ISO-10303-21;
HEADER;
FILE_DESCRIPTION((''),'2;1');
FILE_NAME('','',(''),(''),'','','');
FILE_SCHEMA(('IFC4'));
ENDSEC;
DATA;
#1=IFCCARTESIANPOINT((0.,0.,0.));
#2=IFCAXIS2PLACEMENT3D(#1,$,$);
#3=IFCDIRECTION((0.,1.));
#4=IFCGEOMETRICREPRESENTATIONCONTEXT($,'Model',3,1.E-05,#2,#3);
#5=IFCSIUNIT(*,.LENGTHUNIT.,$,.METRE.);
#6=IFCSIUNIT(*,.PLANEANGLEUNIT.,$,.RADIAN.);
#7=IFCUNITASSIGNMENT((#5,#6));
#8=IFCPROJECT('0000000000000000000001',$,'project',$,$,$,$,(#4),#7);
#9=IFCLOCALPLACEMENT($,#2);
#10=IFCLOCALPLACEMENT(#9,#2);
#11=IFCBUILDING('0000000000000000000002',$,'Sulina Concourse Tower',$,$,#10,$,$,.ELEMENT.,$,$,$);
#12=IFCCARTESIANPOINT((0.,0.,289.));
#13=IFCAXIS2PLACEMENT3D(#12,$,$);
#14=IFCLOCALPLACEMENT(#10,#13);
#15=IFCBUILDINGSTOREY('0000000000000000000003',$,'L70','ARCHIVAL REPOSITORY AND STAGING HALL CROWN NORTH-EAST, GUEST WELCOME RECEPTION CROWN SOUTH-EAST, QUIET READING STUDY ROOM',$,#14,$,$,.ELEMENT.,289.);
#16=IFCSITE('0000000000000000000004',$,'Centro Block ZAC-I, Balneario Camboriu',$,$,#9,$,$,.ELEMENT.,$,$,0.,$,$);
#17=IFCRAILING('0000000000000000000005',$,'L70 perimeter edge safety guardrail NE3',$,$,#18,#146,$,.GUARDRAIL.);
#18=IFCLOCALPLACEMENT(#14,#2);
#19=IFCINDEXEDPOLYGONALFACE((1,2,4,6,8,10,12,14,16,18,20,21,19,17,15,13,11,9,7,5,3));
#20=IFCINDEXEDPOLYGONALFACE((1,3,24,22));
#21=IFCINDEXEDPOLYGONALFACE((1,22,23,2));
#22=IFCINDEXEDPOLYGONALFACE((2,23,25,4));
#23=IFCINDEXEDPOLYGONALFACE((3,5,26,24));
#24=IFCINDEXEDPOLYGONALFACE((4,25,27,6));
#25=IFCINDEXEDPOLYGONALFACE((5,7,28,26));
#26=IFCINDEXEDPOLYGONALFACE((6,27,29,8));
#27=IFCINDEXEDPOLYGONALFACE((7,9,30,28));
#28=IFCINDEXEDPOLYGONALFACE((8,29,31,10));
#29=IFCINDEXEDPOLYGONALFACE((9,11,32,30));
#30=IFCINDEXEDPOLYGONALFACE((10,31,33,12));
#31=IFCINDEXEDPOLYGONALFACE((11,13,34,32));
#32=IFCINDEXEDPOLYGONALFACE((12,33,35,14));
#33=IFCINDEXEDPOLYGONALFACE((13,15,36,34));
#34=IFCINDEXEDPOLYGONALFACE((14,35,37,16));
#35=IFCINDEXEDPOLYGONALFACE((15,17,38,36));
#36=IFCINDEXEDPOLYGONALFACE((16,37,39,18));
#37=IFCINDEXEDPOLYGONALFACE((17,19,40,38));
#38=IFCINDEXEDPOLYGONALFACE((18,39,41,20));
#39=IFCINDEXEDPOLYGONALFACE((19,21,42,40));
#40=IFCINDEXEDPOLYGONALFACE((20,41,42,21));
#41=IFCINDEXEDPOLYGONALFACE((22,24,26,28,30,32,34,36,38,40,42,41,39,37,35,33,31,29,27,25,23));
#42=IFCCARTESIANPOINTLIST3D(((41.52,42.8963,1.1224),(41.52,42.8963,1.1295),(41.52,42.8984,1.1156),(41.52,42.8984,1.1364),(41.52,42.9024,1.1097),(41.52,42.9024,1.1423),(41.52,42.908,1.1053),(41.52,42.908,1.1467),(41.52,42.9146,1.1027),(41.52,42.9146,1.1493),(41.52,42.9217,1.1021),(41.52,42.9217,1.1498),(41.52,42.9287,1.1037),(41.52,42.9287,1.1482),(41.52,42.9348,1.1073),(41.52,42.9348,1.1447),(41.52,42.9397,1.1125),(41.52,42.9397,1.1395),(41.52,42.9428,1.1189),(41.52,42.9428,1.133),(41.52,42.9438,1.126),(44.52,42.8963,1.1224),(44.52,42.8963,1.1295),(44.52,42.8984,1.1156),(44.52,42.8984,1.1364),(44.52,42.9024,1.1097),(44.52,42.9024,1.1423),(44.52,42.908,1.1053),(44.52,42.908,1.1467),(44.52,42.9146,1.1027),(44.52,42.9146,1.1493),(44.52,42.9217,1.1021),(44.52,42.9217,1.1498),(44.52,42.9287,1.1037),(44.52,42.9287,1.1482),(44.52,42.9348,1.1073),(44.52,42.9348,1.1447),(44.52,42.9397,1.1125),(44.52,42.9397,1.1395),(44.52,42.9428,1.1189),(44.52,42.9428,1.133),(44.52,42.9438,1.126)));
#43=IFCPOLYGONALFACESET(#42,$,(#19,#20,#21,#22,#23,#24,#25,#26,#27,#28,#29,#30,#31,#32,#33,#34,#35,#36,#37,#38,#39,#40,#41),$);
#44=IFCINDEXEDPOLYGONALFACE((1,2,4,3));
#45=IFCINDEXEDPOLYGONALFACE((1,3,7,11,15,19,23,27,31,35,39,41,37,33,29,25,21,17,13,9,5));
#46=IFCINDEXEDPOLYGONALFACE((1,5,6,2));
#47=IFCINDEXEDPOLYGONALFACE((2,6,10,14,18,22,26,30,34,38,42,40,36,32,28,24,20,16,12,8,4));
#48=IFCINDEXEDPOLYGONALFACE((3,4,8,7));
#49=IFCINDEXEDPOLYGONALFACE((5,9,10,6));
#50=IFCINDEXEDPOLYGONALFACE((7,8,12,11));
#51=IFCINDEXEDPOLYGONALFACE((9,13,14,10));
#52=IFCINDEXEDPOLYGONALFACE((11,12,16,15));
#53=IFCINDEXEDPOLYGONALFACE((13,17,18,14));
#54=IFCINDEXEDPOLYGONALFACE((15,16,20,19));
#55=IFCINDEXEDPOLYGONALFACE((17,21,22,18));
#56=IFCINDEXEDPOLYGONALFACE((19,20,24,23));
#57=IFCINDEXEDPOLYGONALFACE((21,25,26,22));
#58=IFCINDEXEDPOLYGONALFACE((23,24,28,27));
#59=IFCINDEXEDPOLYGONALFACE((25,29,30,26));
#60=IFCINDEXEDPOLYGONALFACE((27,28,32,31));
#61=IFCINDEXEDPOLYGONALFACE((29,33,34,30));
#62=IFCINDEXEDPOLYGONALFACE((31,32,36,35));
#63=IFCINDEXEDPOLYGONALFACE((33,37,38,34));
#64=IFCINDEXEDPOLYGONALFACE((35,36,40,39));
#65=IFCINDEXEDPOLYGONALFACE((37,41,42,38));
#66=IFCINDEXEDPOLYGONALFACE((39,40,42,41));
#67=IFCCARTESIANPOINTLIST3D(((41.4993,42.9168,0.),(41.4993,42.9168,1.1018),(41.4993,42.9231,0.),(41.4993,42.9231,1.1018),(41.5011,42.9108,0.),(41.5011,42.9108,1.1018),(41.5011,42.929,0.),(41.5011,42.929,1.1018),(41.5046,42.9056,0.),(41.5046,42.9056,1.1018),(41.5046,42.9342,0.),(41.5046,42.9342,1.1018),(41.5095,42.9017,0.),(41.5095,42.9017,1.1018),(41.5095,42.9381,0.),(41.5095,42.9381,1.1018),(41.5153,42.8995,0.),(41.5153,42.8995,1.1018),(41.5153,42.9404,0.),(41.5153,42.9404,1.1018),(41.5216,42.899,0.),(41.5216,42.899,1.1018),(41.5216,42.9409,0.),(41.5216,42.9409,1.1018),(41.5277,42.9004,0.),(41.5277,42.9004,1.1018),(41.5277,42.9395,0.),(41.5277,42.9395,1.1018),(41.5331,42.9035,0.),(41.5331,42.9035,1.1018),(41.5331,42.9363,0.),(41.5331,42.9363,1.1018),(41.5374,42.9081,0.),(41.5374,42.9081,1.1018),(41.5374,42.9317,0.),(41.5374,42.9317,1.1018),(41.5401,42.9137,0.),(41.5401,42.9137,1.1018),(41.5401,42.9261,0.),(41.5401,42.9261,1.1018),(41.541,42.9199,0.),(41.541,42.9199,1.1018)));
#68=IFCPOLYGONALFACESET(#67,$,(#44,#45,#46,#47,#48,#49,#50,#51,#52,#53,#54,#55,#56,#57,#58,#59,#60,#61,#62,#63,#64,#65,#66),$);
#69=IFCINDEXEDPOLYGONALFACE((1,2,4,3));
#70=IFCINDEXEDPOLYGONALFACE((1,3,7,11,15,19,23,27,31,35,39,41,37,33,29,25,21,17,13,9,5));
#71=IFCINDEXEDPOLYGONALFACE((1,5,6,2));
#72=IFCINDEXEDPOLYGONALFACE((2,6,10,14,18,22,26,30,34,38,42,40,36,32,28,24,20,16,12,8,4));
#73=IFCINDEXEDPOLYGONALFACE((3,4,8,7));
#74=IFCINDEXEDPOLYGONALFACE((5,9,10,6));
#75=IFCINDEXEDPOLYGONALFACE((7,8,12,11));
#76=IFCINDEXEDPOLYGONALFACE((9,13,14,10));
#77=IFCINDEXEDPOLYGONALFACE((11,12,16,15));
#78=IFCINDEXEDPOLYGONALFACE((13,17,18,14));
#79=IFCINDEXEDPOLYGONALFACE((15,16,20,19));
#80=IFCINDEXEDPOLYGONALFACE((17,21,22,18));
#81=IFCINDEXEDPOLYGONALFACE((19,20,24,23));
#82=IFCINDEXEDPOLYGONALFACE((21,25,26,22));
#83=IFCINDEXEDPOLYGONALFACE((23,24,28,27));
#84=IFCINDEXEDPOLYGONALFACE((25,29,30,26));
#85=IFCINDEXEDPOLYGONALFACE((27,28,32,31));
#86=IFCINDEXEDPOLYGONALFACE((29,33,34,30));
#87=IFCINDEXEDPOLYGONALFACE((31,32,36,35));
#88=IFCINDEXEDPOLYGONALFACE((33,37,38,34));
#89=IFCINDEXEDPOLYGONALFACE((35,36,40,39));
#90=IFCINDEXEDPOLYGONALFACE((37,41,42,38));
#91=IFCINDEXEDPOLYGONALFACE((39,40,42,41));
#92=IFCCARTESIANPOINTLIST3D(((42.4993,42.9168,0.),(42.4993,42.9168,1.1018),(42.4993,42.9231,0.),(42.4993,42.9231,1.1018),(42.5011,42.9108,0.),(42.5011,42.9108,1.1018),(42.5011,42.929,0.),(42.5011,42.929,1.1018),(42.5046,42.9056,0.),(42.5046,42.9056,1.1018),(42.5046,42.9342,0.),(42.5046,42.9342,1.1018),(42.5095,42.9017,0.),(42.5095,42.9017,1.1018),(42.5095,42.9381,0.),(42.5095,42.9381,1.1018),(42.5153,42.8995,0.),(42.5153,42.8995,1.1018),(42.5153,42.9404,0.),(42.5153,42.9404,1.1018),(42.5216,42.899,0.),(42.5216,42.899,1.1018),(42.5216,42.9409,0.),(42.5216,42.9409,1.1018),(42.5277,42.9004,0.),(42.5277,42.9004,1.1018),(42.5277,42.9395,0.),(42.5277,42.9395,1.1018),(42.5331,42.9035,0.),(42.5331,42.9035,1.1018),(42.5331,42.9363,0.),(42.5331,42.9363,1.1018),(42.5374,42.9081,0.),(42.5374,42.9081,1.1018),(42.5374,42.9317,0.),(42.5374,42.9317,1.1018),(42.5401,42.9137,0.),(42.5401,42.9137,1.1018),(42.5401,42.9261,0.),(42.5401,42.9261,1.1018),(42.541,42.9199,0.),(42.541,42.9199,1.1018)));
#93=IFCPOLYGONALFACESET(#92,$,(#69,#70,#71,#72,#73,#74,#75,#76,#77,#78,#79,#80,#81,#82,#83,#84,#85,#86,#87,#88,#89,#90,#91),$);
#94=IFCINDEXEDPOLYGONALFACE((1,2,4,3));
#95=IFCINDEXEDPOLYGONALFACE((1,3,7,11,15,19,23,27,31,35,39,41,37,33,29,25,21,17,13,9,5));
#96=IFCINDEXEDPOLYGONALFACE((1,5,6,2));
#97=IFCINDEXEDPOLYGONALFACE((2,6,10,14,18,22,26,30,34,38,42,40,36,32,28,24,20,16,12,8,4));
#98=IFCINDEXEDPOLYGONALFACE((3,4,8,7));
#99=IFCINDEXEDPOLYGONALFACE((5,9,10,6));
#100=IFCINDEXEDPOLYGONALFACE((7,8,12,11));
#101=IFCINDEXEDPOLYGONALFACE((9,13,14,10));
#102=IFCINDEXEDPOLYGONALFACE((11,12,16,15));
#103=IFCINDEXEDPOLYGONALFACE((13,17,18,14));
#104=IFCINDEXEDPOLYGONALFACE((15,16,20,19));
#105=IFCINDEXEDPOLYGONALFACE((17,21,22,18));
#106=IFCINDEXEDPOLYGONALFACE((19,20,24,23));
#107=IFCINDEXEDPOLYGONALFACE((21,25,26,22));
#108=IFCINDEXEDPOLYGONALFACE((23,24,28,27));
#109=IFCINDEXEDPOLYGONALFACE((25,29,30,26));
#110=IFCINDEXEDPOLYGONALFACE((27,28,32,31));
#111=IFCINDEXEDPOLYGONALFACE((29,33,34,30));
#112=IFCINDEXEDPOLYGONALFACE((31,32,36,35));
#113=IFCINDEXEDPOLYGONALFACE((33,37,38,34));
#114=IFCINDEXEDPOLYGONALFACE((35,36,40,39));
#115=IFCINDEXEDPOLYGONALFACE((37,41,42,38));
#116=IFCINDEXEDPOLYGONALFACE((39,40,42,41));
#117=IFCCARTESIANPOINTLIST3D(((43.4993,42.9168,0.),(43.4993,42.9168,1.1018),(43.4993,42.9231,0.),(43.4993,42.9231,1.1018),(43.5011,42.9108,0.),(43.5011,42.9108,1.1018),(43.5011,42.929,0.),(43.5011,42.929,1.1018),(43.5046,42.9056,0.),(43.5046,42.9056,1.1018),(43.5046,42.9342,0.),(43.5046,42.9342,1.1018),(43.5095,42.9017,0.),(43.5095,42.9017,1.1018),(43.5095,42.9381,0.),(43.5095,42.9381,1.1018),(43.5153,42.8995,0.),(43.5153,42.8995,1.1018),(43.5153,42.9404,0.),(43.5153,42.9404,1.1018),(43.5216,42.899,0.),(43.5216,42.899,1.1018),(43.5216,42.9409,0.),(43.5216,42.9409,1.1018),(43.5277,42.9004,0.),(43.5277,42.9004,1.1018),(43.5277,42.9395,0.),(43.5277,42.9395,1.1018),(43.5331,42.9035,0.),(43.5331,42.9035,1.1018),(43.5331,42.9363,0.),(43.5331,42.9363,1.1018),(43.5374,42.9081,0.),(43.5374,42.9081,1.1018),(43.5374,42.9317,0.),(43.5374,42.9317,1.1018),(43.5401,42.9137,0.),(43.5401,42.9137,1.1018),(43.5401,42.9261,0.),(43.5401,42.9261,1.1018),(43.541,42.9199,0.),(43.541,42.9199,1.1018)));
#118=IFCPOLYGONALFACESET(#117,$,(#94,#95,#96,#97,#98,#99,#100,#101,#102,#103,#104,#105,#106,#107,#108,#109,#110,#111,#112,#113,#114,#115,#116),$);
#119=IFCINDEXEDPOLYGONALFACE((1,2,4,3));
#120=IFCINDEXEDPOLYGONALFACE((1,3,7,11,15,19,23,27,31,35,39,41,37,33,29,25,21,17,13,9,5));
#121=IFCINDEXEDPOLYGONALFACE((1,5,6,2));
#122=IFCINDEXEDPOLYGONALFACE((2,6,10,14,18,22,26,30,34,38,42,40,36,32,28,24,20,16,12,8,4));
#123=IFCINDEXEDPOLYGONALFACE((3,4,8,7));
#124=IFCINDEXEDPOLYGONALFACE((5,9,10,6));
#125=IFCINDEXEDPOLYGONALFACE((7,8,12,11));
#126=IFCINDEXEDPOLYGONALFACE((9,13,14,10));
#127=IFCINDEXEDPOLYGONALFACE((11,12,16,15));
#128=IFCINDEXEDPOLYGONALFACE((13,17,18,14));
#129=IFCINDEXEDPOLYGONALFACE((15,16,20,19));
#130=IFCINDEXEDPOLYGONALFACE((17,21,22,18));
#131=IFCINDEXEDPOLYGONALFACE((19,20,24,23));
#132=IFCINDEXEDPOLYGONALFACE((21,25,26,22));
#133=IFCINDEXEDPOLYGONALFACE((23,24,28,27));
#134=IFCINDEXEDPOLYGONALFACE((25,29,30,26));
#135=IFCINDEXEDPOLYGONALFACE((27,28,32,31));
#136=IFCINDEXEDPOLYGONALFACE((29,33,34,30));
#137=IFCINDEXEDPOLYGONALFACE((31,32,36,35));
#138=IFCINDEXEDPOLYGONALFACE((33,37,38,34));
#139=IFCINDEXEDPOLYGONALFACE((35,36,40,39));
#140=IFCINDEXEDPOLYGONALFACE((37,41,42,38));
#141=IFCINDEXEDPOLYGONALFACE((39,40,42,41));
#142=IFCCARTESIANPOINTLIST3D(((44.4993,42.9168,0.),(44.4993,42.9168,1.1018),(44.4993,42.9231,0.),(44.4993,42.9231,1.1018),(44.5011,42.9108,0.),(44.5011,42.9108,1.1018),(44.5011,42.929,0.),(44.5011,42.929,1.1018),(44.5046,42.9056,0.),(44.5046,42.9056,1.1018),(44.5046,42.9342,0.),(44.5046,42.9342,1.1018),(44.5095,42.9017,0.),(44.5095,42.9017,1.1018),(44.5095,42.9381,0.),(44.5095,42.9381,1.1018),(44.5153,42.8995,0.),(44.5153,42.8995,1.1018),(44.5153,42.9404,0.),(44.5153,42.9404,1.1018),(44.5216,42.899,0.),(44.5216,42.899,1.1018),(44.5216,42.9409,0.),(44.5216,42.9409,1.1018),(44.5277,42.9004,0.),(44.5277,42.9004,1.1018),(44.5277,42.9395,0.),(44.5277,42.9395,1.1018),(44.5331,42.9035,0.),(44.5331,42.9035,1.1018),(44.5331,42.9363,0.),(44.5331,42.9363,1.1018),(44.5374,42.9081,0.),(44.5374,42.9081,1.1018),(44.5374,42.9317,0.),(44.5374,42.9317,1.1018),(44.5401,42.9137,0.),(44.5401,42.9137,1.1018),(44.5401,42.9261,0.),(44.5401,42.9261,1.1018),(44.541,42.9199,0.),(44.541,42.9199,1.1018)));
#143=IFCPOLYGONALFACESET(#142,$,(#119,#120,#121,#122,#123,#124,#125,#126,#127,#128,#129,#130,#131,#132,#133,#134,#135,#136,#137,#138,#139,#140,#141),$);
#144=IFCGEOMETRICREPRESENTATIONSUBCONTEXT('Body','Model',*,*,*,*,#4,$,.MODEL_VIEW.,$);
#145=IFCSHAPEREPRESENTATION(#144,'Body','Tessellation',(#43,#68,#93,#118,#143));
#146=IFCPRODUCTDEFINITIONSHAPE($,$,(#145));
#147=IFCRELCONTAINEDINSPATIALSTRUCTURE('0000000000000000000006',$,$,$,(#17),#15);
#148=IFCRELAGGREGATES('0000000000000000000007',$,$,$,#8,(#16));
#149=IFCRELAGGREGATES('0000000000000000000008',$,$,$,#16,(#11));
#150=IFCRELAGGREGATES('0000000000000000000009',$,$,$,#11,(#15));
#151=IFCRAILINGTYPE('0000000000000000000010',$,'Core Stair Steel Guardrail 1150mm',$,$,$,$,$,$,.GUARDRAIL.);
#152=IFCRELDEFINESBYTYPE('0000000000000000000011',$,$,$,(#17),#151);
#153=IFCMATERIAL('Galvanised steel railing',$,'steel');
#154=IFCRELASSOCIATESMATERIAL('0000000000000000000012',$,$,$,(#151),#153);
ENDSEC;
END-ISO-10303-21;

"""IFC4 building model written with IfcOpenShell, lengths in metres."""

from ifc_helpers import new_model, si_unit, direction, frame, origin, origin_2d, place, context, subcontext, project, spatial, circle, extrude, material, type_object, element, save


model = new_model("IFC4")

# Units and contexts
model_context = context("Model", 3, precision=1e-05, world=origin(), true_north=direction((0.0, 1.0)))
body_context = subcontext(model_context, "Body", "Model", "MODEL_VIEW")
ifc_project = project(units=[si_unit("LENGTHUNIT", "METRE"), si_unit("PLANEANGLEUNIT", "RADIAN")], contexts=[model_context])

# Site, building, storey
site_placement = place(None, origin())
site = spatial("IfcSite", under=ifc_project, at=site_placement, Name="Centro Block ZAC-I, Balneario Camboriu", CompositionType="ELEMENT", RefElevation=0.0)
building_placement = place(site_placement, origin())
building = spatial("IfcBuilding", under=site, at=building_placement, Name="Sulina Concourse Tower", CompositionType="ELEMENT")
storey_placement = place(building_placement, frame((0.0, 0.0, 289.0)))
storey = spatial("IfcBuildingStorey", under=building, at=storey_placement, Name="L70", Description="ARCHIVAL REPOSITORY AND STAGING HALL CROWN NORTH-EAST, GUEST WELCOME RECEPTION CROWN SOUTH-EAST, QUIET READING STUDY ROOM", CompositionType="ELEMENT", Elevation=289.0)

# Railing
ifc_material_1 = material(Name="Galvanised steel railing", Category="steel")
railing_type_1 = type_object("IfcRailingType", Name="Core Stair Steel Guardrail 1150mm", PredefinedType="GUARDRAIL", material=ifc_material_1)
railing_1_placement = place(storey_placement, frame((41.52, 42.9199, 0.0)))
element("IfcRailing", 1, at=railing_1_placement, inside=storey, type_object=railing_type_1, Name="L70 perimeter edge safety guardrail NE3", PredefinedType="GUARDRAIL", context=body_context, shape_type="SweptSolid", body=[
    extrude(circle(Radius=0.0239, at=origin_2d()), frame((0.0, 0.0, 1.126), z_axis=(1.0, 0.0, 0.0), x_axis=(0.0, 1.0, 0.0)), (0.0, 0.0, 1.0), 3.0),
    extrude(circle(Radius=0.021, at=origin_2d()), origin(), (0.0, 0.0, 1.0), 1.1018),
    extrude(circle(Radius=0.021, at=origin_2d()), frame((1.0, 0.0, 0.0)), (0.0, 0.0, 1.0), 1.1018),
    extrude(circle(Radius=0.021, at=origin_2d()), frame((2.0, 0.0, 0.0)), (0.0, 0.0, 1.0), 1.1018),
    extrude(circle(Radius=0.021, at=origin_2d()), frame((3.0, 0.0, 0.0)), (0.0, 0.0, 1.0), 1.1018),
])

save(model, "model.ifc")
